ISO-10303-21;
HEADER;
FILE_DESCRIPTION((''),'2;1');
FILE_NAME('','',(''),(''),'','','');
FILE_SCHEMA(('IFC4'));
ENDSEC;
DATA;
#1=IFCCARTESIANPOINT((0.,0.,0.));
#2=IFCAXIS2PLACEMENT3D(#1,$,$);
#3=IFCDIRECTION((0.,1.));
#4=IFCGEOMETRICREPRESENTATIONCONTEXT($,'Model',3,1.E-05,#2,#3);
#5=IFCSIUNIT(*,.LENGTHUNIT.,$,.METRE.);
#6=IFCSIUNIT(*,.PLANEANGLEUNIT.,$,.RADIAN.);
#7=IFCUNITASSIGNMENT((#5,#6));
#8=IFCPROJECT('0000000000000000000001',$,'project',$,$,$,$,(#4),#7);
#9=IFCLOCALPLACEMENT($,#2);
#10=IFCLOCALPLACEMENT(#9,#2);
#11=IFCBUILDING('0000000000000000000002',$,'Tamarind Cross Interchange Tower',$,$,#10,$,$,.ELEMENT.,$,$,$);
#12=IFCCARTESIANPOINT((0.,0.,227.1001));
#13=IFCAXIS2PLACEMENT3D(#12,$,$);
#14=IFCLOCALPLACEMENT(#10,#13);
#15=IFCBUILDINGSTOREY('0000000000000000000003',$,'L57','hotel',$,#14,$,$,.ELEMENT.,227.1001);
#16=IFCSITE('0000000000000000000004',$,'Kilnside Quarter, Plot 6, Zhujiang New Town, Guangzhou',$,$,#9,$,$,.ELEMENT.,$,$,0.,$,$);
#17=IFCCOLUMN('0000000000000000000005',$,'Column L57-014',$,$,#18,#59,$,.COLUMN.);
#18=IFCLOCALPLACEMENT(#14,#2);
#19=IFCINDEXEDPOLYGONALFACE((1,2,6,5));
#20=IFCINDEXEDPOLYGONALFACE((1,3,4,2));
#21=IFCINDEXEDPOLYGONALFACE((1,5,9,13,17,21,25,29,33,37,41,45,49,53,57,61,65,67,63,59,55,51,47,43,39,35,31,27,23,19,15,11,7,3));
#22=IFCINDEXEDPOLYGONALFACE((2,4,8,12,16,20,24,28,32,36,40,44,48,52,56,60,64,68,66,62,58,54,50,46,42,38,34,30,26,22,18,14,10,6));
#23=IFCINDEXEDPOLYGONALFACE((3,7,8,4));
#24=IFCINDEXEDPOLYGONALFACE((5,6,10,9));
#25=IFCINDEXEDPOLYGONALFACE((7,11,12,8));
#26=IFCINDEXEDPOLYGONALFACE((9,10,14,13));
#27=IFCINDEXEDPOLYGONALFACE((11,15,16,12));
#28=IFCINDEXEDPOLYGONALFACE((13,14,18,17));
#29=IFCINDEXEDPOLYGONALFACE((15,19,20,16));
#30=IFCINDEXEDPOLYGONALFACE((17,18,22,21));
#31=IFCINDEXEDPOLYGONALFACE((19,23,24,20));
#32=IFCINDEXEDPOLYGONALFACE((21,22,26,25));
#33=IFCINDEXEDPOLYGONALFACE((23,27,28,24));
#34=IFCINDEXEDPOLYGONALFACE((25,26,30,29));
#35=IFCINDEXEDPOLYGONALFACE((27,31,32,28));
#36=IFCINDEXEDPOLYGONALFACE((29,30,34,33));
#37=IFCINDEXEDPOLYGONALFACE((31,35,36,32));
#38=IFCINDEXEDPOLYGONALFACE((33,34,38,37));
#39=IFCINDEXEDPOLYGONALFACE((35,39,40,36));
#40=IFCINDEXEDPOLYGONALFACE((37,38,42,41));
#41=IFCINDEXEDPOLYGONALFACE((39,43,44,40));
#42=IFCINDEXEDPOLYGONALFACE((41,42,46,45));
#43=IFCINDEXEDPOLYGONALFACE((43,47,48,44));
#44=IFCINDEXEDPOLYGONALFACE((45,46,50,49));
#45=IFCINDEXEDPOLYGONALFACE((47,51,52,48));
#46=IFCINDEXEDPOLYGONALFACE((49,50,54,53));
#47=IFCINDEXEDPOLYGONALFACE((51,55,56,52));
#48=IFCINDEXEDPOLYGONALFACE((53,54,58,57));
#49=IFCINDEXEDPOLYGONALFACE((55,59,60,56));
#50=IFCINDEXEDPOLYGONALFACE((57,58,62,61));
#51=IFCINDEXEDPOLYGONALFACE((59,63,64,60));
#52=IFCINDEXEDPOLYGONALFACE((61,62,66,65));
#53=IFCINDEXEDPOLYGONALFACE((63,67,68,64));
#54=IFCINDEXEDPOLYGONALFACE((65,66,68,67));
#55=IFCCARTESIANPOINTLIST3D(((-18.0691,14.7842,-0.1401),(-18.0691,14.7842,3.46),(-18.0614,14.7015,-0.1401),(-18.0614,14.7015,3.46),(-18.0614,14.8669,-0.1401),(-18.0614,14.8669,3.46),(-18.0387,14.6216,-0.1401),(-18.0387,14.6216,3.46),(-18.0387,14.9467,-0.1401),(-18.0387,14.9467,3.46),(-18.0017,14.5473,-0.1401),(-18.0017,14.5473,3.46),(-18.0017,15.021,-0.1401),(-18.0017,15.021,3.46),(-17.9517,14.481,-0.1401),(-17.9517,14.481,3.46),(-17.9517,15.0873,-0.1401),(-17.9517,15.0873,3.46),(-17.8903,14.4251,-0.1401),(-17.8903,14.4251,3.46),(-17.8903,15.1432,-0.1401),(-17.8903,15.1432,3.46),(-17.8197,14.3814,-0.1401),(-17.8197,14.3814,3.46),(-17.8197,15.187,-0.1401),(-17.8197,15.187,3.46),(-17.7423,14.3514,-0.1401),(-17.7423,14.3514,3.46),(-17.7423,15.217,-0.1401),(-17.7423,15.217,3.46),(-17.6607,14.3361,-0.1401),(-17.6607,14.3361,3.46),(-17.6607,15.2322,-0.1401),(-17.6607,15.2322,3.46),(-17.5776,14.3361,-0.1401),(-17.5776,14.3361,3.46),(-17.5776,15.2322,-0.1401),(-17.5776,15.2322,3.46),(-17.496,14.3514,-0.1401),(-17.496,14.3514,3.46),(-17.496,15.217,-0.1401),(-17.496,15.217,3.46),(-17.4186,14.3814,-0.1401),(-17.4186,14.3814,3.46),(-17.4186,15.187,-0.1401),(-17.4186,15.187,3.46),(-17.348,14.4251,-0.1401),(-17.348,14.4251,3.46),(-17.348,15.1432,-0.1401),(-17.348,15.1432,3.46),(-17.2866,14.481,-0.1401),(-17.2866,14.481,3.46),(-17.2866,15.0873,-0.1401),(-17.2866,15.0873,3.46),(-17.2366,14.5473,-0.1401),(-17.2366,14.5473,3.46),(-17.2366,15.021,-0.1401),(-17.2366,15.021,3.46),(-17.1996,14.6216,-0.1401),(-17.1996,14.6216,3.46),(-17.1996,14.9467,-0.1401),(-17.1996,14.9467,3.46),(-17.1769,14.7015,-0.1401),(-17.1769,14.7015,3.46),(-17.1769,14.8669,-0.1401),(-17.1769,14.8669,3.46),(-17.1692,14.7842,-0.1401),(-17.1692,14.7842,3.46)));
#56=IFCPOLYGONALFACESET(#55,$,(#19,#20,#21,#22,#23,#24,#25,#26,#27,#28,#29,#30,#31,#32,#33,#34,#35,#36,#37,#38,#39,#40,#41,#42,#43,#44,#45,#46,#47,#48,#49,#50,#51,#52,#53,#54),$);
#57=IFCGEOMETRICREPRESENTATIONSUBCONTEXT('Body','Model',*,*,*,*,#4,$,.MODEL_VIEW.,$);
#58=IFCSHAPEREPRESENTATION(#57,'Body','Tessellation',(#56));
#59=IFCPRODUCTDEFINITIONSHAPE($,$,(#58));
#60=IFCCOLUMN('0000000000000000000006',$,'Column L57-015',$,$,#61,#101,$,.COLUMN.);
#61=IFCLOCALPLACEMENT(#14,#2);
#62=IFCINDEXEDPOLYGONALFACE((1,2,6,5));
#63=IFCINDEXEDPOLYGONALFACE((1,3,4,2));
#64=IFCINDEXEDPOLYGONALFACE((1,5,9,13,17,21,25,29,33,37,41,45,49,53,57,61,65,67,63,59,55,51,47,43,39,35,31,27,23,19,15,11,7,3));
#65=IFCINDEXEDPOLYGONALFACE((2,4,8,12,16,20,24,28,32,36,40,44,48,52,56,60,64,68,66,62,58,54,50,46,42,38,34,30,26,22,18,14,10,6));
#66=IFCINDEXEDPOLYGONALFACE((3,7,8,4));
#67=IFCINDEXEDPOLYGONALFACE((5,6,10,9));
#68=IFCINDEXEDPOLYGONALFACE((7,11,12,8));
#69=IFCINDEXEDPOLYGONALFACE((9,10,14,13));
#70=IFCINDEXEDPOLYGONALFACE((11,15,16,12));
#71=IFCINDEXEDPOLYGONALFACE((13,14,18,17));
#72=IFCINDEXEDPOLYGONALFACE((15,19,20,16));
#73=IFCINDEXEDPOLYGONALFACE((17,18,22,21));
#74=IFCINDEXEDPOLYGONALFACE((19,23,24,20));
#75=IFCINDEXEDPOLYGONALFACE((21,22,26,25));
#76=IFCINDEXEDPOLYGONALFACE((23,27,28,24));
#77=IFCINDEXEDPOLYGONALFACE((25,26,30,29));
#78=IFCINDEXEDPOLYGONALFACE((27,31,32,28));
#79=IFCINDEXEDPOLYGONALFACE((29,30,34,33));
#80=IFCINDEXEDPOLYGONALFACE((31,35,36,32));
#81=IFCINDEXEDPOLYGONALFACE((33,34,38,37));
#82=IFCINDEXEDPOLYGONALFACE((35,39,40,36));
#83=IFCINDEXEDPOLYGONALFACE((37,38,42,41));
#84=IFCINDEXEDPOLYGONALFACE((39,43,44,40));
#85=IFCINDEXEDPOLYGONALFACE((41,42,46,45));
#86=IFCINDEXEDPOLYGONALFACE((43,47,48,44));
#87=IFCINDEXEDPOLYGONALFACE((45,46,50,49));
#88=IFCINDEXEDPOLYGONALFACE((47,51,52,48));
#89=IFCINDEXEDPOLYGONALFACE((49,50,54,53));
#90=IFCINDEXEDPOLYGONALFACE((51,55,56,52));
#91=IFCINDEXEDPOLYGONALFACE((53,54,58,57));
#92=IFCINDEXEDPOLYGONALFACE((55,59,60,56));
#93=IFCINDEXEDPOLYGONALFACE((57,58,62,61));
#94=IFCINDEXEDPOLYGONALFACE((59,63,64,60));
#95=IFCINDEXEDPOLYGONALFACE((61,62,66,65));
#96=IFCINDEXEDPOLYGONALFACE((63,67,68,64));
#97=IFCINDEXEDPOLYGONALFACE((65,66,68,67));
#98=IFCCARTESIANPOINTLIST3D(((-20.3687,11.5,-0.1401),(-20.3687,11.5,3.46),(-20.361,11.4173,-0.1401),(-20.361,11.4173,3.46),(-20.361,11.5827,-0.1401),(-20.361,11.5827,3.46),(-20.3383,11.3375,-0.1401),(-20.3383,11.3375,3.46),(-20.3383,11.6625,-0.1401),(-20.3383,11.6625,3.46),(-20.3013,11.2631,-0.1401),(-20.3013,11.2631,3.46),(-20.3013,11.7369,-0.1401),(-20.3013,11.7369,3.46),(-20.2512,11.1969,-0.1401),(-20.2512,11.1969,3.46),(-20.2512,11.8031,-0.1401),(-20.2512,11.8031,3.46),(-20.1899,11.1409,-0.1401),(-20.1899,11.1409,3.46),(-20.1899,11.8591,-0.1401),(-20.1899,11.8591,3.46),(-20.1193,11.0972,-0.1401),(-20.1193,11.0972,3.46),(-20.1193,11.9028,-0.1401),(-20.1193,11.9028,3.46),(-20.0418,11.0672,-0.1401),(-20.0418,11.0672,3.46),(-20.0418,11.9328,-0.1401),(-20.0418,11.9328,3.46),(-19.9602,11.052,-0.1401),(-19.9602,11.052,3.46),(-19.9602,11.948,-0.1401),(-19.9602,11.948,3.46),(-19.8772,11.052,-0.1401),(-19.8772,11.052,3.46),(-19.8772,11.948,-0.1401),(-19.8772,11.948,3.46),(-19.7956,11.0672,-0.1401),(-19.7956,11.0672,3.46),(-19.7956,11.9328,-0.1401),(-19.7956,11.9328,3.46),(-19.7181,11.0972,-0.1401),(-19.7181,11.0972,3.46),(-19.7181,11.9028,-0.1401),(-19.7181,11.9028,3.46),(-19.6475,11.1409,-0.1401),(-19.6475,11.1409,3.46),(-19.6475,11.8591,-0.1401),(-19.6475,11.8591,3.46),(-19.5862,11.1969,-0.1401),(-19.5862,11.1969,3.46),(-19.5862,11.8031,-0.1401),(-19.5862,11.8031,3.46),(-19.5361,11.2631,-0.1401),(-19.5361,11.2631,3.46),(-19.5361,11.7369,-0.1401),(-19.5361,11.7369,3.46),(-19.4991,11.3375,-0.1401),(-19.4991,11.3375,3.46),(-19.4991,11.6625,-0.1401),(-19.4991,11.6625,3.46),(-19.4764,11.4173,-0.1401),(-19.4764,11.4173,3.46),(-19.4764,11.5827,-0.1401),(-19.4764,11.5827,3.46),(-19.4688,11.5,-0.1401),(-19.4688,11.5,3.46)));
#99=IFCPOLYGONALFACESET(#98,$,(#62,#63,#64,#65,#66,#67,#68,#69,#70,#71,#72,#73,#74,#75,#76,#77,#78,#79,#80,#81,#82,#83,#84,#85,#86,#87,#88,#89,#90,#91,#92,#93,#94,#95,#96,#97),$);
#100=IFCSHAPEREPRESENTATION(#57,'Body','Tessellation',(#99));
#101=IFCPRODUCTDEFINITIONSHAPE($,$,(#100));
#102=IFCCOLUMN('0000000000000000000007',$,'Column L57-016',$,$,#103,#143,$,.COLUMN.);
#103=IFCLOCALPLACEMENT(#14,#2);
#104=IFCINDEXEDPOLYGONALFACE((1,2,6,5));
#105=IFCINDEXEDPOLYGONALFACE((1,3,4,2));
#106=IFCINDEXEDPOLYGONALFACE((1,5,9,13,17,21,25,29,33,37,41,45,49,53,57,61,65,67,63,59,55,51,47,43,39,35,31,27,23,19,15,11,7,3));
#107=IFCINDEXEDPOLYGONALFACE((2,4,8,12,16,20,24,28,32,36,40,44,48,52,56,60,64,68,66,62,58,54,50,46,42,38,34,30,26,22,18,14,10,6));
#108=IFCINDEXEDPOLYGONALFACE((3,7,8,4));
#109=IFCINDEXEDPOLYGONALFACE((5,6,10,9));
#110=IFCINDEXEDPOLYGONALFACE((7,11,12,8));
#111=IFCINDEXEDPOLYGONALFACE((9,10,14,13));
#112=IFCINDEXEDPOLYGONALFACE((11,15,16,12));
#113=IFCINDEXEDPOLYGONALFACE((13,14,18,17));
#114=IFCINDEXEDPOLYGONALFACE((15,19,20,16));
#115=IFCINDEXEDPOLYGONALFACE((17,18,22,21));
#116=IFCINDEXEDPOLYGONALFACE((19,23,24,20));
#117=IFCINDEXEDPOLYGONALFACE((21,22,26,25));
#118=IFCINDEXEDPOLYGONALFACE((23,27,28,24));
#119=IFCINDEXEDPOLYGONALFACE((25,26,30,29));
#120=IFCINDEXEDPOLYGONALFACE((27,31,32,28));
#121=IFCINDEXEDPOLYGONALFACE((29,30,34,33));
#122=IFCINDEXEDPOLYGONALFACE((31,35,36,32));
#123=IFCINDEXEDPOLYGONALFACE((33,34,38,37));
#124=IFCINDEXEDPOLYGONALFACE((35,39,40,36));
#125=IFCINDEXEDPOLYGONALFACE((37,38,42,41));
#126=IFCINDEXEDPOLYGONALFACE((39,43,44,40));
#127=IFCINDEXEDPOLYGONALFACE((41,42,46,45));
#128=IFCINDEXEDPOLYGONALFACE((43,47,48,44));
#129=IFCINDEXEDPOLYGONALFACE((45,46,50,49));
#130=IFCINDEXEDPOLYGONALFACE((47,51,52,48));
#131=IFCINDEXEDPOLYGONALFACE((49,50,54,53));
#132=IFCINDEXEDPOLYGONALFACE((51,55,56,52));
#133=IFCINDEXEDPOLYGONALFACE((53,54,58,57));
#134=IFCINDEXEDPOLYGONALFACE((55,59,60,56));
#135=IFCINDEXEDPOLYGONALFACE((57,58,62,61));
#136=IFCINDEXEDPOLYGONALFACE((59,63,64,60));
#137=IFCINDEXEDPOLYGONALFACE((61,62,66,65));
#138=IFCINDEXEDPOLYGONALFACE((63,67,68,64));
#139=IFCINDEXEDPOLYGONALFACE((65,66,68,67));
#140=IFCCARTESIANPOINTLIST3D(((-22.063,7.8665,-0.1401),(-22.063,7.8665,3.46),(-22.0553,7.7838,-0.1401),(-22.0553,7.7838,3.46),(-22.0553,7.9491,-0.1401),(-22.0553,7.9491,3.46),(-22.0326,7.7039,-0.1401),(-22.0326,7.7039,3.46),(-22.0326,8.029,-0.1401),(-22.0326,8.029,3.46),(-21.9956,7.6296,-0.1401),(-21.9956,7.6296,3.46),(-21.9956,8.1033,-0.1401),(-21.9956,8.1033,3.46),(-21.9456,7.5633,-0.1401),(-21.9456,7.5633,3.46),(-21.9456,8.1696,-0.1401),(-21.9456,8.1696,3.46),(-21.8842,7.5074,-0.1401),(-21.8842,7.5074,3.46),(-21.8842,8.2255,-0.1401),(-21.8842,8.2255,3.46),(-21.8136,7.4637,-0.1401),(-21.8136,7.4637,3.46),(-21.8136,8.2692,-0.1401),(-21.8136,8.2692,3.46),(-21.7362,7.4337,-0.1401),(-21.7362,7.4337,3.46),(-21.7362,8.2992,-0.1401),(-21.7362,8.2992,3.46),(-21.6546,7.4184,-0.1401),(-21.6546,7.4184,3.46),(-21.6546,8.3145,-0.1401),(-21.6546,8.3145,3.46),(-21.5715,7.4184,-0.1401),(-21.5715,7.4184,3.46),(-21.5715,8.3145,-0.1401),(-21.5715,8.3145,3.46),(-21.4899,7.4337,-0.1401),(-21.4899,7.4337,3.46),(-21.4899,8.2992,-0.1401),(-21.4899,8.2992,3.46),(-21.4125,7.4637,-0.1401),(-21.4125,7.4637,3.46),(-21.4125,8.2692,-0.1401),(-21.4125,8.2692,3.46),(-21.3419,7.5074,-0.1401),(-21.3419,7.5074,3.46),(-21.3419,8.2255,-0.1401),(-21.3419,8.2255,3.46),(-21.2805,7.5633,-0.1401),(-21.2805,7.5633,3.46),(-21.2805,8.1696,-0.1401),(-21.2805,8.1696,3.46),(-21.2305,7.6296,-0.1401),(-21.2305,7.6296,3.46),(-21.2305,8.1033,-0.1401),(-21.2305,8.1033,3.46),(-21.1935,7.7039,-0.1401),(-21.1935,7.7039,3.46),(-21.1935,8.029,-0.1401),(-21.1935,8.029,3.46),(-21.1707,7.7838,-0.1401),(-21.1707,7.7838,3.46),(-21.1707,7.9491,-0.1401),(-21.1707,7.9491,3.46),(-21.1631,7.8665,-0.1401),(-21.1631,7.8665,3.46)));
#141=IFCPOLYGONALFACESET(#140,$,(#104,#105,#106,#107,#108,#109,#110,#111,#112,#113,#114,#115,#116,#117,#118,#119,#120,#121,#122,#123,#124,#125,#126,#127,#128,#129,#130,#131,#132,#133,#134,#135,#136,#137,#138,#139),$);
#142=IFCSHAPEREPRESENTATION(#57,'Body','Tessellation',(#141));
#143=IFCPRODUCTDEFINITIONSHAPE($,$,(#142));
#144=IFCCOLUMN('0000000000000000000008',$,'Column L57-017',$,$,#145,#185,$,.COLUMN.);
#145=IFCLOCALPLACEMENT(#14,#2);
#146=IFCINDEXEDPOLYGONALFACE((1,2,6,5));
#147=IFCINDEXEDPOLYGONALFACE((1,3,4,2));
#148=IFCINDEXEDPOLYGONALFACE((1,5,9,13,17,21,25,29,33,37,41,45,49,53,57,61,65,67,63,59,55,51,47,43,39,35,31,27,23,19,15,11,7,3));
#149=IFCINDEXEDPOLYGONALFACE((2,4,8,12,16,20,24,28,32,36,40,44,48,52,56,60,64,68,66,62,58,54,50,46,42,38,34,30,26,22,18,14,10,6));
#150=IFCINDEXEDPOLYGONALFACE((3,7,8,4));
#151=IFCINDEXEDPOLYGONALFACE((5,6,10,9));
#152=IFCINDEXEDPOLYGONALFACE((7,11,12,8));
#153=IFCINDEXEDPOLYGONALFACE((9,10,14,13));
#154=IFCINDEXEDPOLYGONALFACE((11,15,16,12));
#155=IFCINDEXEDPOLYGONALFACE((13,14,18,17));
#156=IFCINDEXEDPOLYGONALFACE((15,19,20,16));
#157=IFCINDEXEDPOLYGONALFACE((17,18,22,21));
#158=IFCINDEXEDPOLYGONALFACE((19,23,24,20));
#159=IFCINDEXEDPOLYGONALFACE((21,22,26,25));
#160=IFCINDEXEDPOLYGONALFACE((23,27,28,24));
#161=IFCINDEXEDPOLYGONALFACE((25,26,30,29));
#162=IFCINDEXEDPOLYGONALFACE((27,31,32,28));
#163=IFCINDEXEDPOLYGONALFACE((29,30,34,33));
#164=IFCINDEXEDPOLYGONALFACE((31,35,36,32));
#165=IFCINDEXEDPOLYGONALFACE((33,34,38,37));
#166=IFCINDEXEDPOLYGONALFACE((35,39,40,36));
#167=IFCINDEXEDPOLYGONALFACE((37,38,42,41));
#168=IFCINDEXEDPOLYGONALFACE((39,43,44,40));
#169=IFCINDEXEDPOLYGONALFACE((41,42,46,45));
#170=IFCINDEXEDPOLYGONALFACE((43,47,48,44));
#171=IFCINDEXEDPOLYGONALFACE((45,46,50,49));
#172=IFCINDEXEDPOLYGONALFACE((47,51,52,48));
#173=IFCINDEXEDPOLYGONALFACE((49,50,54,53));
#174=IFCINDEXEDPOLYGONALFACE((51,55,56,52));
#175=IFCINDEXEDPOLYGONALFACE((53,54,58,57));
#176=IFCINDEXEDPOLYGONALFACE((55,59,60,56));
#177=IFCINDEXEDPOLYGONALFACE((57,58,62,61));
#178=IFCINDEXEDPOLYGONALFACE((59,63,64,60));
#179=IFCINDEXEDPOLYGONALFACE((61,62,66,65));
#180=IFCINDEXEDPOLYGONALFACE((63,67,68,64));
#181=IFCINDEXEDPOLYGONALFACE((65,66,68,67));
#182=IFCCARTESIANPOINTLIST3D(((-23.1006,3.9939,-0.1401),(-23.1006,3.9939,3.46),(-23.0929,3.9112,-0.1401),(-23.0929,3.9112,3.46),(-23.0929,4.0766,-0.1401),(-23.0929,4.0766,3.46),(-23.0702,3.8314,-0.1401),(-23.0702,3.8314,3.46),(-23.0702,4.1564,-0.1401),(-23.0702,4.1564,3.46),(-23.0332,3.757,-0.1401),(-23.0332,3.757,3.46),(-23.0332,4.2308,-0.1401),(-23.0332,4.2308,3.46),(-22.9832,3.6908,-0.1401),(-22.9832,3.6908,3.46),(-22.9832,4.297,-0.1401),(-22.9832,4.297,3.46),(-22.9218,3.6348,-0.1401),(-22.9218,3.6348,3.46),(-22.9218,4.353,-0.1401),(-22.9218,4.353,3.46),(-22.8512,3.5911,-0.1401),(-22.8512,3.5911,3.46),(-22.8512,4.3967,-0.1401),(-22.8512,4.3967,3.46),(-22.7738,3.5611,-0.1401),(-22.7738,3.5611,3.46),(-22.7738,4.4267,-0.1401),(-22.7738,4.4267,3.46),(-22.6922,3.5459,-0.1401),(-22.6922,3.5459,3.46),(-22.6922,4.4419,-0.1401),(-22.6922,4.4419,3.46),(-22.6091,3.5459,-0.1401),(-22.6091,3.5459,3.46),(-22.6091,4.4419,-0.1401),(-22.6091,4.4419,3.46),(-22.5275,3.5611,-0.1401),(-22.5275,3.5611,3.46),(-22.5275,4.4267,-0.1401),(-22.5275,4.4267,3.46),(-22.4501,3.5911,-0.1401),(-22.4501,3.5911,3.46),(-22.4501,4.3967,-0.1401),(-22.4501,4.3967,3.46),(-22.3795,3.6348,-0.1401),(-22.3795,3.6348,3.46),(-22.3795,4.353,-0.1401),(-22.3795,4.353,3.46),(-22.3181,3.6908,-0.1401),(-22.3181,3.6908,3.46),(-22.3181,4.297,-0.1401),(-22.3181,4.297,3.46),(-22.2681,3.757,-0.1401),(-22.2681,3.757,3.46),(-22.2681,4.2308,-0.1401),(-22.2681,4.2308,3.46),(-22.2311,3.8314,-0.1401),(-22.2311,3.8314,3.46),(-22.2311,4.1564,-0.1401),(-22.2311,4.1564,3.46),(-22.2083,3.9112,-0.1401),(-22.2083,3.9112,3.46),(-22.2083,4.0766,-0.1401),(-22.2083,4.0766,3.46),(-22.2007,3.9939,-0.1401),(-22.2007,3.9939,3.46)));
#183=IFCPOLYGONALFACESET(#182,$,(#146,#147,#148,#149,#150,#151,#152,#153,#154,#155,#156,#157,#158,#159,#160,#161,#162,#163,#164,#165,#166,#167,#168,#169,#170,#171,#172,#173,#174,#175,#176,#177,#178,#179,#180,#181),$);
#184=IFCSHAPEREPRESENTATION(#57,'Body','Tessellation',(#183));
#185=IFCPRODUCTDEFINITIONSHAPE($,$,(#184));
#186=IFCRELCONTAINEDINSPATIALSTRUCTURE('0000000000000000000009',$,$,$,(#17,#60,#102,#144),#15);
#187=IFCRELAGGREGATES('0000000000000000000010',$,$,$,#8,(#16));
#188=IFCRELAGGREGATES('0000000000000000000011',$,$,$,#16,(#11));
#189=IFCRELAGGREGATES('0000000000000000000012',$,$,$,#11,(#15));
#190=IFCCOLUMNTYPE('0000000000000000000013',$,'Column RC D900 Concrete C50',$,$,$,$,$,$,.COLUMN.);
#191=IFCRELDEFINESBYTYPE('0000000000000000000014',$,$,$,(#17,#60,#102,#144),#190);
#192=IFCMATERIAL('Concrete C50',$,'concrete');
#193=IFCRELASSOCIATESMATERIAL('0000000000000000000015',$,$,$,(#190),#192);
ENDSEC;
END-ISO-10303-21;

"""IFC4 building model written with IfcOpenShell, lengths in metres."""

from ifc_helpers import new_model, si_unit, direction, frame, origin, origin_2d, place, context, subcontext, project, spatial, circle, extrude, material, material_profile, profile_set, type_object, element, save


model = new_model("IFC4")

# Units and contexts
model_context = context("Model", 3, precision=1e-05, world=origin(), true_north=direction((0.0, 1.0)))
body_context = subcontext(model_context, "Body", "Model", "MODEL_VIEW")
ifc_project = project(units=[si_unit("LENGTHUNIT", "METRE"), si_unit("PLANEANGLEUNIT", "RADIAN")], contexts=[model_context])

# Site, building, storey
site_placement = place(None, origin())
site = spatial("IfcSite", under=ifc_project, at=site_placement, Name="Kilnside Quarter, Plot 6, Zhujiang New Town, Guangzhou", CompositionType="ELEMENT", RefElevation=0.0)
building_placement = place(site_placement, origin())
building = spatial("IfcBuilding", under=site, at=building_placement, Name="Tamarind Cross Interchange Tower", CompositionType="ELEMENT")
storey_placement = place(building_placement, frame((0.0, 0.0, 227.1001)))
storey = spatial("IfcBuildingStorey", under=building, at=storey_placement, Name="L57", Description="hotel", CompositionType="ELEMENT", Elevation=227.1001)

# Columns
ifc_material_1 = material(Name="Concrete C50", Category="concrete")
ifc_material_profile_1 = material_profile(ifc_material_1, circle(Radius=0.45, at=origin_2d()), Name="RC D900")
ifc_profile_set_1 = profile_set([ifc_material_profile_1], Name="Concrete C50")
column_type = type_object("IfcColumnType", Name="Column RC D900 Concrete C50", PredefinedType="COLUMN", material=ifc_profile_set_1)
for number, where, z_axis, x_axis, name in (
    (1, (-17.6191, 14.7842, -0.1401), (0.0, 0.0, 1.0), (1.0, 0.0, 0.0), "Column L57-014"),
    (2, (-19.9187, 11.5, -0.1401), (0.0, 0.0, 1.0), (1.0, 0.0, 0.0), "Column L57-015"),
    (3, (-21.613, 7.8665, -0.1401), (0.0, 0.0, 1.0), (1.0, 0.0, 0.0), "Column L57-016"),
    (4, (-22.6506, 3.9939, -0.1401), (0.0, 0.0, 1.0), (1.0, 0.0, 0.0), "Column L57-017"),
):
    element("IfcColumn", number, at=place(storey_placement, frame(where, z_axis=z_axis, x_axis=x_axis)), inside=storey, type_object=column_type, Name=name, PredefinedType="COLUMN", context=body_context, shape_type="SweptSolid", body=[
        extrude(circle(Radius=0.45, at=origin_2d()), origin(), (0.0, 0.0, 1.0), 3.6001),
    ])

save(model, "model.ifc")
